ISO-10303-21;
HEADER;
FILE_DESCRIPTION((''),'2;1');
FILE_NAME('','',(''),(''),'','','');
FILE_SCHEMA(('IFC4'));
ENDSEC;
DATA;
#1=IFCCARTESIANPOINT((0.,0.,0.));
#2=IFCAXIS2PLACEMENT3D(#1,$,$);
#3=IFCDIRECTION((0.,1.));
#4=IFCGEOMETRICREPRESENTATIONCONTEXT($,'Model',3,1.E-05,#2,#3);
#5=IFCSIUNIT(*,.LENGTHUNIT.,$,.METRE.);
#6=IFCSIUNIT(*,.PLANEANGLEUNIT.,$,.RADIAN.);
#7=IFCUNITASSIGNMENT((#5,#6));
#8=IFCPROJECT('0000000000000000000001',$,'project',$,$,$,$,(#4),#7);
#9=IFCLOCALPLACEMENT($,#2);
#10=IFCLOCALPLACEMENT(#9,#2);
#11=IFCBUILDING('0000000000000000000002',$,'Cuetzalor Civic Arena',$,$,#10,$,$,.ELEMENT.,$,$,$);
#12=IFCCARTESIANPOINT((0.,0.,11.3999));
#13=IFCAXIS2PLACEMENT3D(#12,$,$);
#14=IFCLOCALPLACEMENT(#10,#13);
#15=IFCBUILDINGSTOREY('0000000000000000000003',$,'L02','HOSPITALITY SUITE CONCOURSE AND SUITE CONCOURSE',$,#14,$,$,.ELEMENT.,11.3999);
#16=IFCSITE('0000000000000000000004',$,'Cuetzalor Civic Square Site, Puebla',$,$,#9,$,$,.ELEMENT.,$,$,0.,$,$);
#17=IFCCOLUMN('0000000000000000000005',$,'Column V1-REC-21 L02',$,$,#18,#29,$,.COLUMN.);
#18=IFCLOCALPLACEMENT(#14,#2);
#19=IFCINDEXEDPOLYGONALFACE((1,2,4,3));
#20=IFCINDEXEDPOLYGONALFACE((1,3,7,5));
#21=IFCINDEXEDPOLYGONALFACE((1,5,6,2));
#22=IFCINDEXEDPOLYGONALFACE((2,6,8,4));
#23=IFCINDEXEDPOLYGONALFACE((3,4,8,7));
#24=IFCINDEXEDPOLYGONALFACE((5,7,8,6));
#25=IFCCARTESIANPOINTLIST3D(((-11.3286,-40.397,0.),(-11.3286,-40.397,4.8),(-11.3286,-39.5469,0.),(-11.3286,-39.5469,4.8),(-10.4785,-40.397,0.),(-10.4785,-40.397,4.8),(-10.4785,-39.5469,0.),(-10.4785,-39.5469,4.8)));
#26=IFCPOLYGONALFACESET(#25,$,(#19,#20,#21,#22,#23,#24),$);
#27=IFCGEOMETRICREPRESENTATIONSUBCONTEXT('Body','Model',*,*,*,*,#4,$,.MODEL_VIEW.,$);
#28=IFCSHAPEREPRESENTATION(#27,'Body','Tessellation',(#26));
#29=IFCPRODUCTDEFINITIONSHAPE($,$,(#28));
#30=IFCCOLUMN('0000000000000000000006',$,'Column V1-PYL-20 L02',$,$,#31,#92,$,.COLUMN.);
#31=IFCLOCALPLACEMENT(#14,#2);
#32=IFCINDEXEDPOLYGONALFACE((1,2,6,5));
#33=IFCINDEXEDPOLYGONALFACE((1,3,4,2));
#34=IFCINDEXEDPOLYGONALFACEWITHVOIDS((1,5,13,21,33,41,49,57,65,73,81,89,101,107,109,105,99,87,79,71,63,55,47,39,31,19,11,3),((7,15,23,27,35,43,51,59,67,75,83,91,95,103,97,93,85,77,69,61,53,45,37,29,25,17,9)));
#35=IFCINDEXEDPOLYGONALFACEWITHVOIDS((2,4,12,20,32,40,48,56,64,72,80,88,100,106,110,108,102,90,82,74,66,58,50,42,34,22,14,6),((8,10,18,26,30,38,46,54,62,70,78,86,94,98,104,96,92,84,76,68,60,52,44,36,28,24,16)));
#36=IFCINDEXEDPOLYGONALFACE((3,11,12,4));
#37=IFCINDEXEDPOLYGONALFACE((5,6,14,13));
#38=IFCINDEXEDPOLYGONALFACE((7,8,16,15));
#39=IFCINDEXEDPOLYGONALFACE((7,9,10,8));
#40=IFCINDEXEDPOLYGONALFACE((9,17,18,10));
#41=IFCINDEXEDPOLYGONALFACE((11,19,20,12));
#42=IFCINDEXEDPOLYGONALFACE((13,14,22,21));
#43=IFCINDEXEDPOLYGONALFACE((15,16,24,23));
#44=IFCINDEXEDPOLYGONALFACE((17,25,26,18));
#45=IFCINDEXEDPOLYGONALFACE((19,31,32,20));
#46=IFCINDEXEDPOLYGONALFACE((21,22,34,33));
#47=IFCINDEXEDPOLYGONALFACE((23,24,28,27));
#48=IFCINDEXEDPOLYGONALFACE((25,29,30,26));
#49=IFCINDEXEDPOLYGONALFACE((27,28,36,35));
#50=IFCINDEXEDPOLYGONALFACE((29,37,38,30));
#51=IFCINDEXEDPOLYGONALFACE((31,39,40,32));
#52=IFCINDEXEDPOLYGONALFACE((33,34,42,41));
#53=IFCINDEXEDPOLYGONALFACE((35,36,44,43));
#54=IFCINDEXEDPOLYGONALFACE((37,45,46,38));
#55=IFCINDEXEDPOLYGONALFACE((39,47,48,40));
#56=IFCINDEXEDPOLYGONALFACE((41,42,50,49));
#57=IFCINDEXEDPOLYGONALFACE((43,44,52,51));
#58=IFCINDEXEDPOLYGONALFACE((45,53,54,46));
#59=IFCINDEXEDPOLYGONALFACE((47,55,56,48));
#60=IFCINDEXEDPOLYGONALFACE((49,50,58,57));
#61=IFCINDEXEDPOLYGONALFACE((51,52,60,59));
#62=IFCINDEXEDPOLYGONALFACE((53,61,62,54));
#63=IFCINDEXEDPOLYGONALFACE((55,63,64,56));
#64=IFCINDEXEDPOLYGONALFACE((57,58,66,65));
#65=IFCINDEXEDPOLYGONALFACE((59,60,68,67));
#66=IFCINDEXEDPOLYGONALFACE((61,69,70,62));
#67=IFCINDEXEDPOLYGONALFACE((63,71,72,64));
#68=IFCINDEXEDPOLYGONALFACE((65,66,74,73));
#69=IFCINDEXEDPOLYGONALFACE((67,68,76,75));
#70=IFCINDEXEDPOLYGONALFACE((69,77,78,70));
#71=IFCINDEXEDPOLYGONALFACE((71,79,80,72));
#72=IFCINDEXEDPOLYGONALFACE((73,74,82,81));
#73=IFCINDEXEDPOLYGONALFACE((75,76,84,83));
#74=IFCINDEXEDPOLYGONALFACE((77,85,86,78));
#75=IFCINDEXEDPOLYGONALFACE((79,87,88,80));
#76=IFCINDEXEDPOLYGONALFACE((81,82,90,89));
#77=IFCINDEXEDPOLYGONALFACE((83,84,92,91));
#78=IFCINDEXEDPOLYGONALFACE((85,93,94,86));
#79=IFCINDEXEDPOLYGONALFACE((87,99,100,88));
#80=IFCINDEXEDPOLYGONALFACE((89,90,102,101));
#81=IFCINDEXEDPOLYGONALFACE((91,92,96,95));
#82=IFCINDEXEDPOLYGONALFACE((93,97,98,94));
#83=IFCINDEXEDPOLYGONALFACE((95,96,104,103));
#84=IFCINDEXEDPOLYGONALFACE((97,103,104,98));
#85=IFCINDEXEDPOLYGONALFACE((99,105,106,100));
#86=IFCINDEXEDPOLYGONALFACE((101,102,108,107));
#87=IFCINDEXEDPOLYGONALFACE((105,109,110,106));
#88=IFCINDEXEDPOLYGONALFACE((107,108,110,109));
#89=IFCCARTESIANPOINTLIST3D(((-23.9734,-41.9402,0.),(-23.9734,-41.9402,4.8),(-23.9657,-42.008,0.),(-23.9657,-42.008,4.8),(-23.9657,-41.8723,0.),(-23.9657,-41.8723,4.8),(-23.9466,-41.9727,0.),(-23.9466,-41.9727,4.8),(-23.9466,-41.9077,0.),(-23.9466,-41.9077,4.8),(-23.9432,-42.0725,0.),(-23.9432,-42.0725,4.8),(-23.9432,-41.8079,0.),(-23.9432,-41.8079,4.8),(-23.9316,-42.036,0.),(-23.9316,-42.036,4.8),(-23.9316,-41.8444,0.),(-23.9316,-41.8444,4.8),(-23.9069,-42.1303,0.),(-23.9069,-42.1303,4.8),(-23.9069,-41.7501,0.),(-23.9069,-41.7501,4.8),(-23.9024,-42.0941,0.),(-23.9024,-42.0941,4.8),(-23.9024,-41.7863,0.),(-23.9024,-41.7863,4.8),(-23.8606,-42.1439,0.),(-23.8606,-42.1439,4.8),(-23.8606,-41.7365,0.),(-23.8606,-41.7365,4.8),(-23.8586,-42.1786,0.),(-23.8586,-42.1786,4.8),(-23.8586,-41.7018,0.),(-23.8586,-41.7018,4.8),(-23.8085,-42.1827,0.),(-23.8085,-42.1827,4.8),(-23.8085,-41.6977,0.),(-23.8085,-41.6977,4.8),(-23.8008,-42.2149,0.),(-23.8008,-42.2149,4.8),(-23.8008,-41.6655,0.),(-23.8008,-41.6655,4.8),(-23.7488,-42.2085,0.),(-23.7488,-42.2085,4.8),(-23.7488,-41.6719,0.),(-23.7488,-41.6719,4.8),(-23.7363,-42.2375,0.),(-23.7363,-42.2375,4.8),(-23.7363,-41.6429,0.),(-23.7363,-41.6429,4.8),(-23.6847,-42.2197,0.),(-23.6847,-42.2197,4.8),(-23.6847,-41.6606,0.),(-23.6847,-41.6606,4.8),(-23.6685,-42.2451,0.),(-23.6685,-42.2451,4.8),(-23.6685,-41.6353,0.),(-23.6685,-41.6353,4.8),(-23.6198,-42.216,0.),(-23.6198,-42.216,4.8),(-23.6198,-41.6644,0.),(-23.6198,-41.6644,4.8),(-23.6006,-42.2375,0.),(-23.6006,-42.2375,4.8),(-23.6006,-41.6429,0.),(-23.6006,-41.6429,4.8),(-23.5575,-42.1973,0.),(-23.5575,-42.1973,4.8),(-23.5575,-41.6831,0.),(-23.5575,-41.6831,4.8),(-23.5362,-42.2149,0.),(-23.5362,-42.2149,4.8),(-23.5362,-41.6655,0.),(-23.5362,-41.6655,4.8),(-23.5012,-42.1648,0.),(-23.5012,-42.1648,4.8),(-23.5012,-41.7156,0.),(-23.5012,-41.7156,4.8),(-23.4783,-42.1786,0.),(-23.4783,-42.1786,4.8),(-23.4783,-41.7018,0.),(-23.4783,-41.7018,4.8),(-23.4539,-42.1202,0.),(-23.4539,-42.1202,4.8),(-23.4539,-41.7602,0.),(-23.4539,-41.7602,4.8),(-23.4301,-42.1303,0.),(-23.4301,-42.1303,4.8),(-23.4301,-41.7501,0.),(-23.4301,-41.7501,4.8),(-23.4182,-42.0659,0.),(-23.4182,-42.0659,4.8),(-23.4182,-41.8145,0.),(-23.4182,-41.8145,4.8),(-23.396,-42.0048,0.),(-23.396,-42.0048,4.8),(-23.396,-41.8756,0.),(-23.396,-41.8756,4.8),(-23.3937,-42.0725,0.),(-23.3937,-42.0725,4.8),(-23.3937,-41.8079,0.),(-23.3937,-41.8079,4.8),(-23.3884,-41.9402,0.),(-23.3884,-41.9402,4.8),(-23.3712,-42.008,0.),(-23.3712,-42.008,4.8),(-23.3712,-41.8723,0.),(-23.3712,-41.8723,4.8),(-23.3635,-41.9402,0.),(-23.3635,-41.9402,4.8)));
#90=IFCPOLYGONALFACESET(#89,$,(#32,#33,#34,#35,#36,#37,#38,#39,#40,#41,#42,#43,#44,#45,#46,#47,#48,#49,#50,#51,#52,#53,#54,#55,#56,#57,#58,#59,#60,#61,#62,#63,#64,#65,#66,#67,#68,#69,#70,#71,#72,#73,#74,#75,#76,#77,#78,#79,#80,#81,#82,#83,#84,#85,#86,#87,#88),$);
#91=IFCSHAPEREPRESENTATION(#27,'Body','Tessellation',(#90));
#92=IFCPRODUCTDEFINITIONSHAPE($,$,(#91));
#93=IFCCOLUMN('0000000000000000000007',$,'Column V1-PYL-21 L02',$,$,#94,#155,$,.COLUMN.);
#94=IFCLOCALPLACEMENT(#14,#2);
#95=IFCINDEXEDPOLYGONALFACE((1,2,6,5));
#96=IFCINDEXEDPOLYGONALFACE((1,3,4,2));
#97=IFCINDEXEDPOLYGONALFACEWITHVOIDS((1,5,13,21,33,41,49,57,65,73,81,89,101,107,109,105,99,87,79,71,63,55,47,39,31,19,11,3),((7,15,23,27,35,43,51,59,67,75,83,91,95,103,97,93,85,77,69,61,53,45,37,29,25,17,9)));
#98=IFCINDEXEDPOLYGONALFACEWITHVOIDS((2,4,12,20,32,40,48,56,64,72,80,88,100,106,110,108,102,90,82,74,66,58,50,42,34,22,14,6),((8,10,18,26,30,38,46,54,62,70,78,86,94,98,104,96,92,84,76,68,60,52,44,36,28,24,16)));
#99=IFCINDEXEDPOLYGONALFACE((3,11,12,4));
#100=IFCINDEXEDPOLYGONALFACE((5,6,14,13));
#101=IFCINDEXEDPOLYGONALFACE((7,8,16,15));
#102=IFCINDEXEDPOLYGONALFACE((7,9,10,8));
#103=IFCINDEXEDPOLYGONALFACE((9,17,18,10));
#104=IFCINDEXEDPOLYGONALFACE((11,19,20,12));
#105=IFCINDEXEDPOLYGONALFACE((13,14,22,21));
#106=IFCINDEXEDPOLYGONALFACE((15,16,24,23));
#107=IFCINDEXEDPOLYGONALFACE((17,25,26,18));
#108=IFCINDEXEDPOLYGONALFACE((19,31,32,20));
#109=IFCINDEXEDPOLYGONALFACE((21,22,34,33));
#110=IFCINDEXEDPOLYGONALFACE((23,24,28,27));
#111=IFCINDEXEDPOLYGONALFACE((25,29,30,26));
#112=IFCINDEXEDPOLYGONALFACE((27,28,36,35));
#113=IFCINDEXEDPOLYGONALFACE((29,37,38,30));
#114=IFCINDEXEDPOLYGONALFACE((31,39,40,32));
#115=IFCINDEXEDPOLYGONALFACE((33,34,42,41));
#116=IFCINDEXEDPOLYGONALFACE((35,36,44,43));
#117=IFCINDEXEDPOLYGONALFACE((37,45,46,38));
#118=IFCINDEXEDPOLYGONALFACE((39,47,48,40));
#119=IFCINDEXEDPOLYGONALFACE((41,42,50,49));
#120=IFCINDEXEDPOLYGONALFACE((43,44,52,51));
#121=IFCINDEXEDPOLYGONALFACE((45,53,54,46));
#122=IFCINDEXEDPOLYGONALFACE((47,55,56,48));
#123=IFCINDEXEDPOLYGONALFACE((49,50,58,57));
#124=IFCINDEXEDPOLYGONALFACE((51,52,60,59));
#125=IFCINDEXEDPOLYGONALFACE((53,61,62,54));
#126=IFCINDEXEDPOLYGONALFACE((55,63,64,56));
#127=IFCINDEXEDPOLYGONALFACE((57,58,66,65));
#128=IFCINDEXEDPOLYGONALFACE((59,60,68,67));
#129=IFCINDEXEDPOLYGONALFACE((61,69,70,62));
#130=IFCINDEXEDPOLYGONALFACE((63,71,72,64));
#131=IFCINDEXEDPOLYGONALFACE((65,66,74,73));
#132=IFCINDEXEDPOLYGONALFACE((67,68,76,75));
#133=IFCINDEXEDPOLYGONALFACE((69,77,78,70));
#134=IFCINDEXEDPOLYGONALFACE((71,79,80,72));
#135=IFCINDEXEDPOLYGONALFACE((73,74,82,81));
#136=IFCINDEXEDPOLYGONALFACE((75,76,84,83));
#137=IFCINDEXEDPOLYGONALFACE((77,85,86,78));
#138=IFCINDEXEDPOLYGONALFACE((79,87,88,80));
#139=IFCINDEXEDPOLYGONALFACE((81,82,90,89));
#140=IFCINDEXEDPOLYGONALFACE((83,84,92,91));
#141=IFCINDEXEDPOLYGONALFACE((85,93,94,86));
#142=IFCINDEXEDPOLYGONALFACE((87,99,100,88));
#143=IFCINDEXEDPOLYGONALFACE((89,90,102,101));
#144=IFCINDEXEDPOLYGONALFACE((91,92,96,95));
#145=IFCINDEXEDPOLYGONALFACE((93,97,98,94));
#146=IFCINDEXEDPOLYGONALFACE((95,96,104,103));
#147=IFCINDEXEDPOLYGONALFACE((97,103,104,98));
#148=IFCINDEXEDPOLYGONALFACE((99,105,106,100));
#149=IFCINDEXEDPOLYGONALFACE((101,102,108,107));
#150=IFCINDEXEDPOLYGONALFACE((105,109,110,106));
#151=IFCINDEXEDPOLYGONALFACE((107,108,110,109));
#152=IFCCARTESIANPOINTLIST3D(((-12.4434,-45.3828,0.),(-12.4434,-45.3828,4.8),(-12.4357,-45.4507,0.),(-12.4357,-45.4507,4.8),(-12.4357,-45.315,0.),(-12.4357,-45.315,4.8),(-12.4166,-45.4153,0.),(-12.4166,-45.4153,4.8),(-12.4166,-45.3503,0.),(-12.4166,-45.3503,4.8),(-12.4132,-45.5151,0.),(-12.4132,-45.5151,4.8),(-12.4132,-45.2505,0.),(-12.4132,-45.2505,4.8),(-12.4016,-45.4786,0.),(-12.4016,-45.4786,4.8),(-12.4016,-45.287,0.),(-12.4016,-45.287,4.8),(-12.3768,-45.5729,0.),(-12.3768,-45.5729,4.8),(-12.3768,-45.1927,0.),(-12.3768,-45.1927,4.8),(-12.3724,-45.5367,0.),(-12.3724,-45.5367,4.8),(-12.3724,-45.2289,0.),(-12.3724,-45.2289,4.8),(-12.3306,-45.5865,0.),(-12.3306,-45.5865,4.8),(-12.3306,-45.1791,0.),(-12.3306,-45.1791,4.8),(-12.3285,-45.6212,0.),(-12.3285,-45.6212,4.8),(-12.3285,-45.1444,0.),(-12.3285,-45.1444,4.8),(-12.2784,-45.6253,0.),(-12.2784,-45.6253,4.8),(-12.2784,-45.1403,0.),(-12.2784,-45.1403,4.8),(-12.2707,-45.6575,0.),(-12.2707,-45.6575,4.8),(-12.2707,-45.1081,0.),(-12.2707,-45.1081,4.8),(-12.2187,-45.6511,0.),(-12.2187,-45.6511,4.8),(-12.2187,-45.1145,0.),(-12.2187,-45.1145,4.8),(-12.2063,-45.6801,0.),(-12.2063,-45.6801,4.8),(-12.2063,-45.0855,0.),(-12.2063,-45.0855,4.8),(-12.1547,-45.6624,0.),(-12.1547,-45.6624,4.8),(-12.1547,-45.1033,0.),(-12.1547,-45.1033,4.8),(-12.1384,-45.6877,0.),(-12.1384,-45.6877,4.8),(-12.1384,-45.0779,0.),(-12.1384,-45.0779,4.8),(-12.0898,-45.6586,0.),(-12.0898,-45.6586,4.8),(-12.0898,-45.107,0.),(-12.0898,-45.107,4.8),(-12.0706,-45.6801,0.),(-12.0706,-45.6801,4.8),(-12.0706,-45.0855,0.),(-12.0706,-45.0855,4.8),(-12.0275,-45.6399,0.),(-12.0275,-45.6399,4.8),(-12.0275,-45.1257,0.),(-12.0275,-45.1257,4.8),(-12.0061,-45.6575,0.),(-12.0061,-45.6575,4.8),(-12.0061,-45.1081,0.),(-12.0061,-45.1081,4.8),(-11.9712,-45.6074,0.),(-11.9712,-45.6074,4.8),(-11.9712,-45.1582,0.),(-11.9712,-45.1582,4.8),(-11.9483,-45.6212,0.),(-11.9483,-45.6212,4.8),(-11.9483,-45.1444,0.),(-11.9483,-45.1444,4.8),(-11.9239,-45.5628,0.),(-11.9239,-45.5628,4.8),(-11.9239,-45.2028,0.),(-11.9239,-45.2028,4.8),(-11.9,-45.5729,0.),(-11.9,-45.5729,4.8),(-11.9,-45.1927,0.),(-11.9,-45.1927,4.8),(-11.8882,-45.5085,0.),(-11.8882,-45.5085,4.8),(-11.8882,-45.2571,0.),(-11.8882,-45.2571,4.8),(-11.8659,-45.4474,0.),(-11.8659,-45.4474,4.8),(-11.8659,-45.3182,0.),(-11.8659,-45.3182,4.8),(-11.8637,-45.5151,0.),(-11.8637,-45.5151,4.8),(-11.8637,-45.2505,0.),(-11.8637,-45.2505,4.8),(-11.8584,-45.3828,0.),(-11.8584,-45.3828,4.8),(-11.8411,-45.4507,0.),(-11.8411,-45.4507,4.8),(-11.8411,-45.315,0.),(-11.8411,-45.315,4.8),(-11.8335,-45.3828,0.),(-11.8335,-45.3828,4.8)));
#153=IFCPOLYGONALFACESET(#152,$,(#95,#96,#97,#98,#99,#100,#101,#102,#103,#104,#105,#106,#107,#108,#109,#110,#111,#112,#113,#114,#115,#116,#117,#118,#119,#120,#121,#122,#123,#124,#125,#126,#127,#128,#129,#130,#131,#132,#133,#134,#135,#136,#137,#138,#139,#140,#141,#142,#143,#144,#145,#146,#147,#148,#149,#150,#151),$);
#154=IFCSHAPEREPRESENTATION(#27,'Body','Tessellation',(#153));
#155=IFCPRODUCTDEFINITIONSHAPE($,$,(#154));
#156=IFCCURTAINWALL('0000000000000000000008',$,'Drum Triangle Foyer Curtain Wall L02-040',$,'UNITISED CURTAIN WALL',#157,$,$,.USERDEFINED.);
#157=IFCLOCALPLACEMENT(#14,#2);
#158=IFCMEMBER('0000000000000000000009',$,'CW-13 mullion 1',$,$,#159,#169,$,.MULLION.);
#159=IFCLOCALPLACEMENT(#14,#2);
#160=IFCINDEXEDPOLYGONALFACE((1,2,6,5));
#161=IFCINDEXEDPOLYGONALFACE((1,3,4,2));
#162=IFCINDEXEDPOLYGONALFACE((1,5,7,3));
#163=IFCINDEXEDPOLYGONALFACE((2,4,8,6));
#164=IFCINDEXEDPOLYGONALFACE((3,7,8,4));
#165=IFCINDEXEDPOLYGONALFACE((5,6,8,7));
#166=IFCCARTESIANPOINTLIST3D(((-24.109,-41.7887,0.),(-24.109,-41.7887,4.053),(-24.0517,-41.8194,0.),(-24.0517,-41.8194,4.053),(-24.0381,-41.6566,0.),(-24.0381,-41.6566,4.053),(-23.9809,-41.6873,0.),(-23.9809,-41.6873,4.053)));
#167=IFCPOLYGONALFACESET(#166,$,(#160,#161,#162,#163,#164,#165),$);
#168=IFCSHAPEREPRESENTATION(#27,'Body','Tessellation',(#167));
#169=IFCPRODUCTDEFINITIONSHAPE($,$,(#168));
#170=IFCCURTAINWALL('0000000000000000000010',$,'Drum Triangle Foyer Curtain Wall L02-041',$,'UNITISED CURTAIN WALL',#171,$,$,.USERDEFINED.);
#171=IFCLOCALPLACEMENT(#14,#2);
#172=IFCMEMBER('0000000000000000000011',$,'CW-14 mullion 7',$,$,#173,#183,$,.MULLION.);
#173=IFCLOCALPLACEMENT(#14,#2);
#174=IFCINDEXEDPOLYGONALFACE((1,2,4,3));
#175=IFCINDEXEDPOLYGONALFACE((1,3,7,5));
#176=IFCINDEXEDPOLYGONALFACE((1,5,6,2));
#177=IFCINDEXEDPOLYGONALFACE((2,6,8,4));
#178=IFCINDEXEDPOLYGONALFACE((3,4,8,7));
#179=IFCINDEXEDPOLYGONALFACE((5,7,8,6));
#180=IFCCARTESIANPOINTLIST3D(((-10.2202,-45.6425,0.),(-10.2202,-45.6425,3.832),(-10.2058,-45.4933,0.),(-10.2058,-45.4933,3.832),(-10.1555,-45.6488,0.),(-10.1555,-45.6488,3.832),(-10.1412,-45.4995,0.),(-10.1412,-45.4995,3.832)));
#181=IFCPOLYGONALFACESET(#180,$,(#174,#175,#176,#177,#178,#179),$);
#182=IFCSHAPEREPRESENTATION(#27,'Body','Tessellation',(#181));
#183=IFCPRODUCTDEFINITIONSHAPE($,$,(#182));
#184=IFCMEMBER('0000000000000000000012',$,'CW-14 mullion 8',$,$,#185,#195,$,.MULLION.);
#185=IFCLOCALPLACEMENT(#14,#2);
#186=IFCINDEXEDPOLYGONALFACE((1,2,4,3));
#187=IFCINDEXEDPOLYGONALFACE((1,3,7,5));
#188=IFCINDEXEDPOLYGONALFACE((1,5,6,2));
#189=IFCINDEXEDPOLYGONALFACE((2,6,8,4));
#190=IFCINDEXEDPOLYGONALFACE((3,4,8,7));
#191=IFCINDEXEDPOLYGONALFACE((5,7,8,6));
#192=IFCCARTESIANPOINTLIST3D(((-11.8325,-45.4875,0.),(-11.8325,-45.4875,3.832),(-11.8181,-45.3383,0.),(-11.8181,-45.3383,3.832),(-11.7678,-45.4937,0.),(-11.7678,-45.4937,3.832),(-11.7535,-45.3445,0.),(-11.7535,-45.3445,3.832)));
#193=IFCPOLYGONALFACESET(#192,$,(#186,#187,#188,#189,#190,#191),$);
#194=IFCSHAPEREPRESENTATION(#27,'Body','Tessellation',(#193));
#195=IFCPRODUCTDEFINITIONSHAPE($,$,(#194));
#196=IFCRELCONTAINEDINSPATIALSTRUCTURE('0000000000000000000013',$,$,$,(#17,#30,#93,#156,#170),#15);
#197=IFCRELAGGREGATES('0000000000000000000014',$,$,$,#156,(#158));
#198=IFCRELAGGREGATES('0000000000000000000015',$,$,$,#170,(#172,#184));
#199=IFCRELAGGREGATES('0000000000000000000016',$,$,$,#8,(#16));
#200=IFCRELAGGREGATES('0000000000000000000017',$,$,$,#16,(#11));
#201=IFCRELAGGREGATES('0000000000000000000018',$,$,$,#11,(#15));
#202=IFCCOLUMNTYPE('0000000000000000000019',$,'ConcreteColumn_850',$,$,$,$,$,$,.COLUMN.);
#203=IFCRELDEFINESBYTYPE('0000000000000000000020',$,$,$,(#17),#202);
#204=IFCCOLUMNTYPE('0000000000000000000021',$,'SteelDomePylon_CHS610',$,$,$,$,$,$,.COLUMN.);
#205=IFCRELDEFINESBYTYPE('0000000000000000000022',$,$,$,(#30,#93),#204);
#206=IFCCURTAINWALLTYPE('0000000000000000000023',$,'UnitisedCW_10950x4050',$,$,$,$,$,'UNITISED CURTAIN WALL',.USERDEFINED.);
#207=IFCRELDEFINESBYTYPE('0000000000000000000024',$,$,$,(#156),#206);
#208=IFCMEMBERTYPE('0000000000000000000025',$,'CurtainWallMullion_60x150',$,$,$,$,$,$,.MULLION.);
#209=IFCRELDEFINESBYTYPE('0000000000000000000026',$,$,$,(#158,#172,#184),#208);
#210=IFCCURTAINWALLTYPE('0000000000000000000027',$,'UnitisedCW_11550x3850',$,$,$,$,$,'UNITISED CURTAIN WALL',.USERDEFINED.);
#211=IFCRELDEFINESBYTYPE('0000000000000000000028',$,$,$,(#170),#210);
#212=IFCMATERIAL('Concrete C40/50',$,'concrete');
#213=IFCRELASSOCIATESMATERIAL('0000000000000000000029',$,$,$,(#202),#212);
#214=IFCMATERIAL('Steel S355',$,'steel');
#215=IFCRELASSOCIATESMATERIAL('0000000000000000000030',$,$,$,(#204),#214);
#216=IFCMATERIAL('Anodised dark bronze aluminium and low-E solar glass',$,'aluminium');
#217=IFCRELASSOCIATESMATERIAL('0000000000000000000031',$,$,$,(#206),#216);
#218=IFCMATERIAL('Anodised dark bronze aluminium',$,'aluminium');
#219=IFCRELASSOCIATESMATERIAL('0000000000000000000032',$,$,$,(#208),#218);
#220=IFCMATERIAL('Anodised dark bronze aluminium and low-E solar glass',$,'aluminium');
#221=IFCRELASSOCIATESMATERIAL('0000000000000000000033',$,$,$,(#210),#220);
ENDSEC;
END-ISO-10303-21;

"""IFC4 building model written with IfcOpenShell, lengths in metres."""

from ifc_helpers import new_model, si_unit, direction, frame, origin, origin_2d, place, context, subcontext, project, spatial, rectangle, hollow_circle, extrude, material, material_profile, profile_set, type_object, element, aggregate, save


model = new_model("IFC4")

# Units and contexts
model_context = context("Model", 3, precision=1e-05, world=origin(), true_north=direction((0.0, 1.0)))
body_context = subcontext(model_context, "Body", "Model", "MODEL_VIEW")
ifc_project = project(units=[si_unit("LENGTHUNIT", "METRE"), si_unit("PLANEANGLEUNIT", "RADIAN")], contexts=[model_context])

# Site, building, storey
site_placement = place(None, origin())
site = spatial("IfcSite", under=ifc_project, at=site_placement, Name="Cuetzalor Civic Square Site, Puebla", CompositionType="ELEMENT", RefElevation=0.0)
building_placement = place(site_placement, origin())
building = spatial("IfcBuilding", under=site, at=building_placement, Name="Cuetzalor Civic Arena", CompositionType="ELEMENT")
storey_placement = place(building_placement, frame((0.0, 0.0, 11.3999)))
storey = spatial("IfcBuildingStorey", under=building, at=storey_placement, Name="L02", Description="HOSPITALITY SUITE CONCOURSE AND SUITE CONCOURSE", CompositionType="ELEMENT", Elevation=11.3999)

# Columns
ifc_material_1 = material(Name="Concrete C40/50", Category="concrete")
ifc_material_profile_1 = material_profile(ifc_material_1, rectangle(XDim=0.8501, YDim=0.8501, at=origin_2d()), Name="RC 850x850")
ifc_profile_set_1 = profile_set([ifc_material_profile_1], Name="Concrete C40/50")
column_type_1 = type_object("IfcColumnType", Name="ConcreteColumn_850", PredefinedType="COLUMN", material=ifc_profile_set_1)
column_placement = place(storey_placement, frame((-10.9036, -39.9719, 0.0), z_axis=(0.0, 0.0, 1.0), x_axis=(1.0, 0.0, 0.0)))
element("IfcColumn", 1, at=column_placement, inside=storey, type_object=column_type_1, Name="Column V1-REC-21 L02", PredefinedType="COLUMN", context=body_context, shape_type="SweptSolid", body=[
    extrude(rectangle(XDim=0.8501, YDim=0.8501, at=origin_2d()), origin(), (0.0, 0.0, 1.0), 4.8),
])
ifc_material_2 = material(Name="Steel S355", Category="steel")
ifc_material_profile_2 = material_profile(ifc_material_2, hollow_circle(Radius=0.3049, WallThickness=0.0249, at=origin_2d()), Name="CHS 610x25")
ifc_profile_set_2 = profile_set([ifc_material_profile_2], Name="Steel S355")
column_type_2 = type_object("IfcColumnType", Name="SteelDomePylon_CHS610", PredefinedType="COLUMN", material=ifc_profile_set_2)
for number, where, z_axis, x_axis, name in (
    (2, (-23.6685, -41.9402, 0.0), (0.0, 0.0, 1.0), (1.0, 0.0, 0.0), "Column V1-PYL-20 L02"),
    (3, (-12.1384, -45.3828, 0.0), (0.0, 0.0, 1.0), (1.0, 0.0, 0.0), "Column V1-PYL-21 L02"),
):
    element("IfcColumn", number, at=place(storey_placement, frame(where, z_axis=z_axis, x_axis=x_axis)), inside=storey, type_object=column_type_2, Name=name, PredefinedType="COLUMN", context=body_context, shape_type="SweptSolid", body=[
        extrude(hollow_circle(Radius=0.3049, WallThickness=0.0249, at=origin_2d()), origin(), (0.0, 0.0, 1.0), 4.8),
    ])

# Curtain wall, member
ifc_material_3 = material(Name="Anodised dark bronze aluminium and low-E solar glass", Category="aluminium")
curtain_wall_type_1 = type_object("IfcCurtainWallType", Name="UnitisedCW_10950x4050", ElementType="UNITISED CURTAIN WALL", PredefinedType="USERDEFINED", material=ifc_material_3)
curtain_wall_1_placement = place(storey_placement, origin())
curtain_wall_1 = element("IfcCurtainWall", 4, at=curtain_wall_1_placement, inside=storey, type_object=curtain_wall_type_1, Name="Drum Triangle Foyer Curtain Wall L02-040", ObjectType="UNITISED CURTAIN WALL", PredefinedType="USERDEFINED")
ifc_material_4 = material(Name="Anodised dark bronze aluminium", Category="aluminium")
ifc_material_profile_3 = material_profile(ifc_material_4, rectangle(XDim=0.0649, YDim=0.1499, at=origin_2d()), Name="ALU MULLION 65x150")
ifc_profile_set_3 = profile_set([ifc_material_profile_3], Name="Anodised dark bronze aluminium")
member_type_1 = type_object("IfcMemberType", Name="CurtainWallMullion_60x150", PredefinedType="MULLION", material=ifc_profile_set_3)
member_1_placement = place(storey_placement, frame((-24.0449, -41.738, 0.0), z_axis=(0.0, 0.0, 1.0), x_axis=(-0.881306, 0.472545, 0.0)))
member_1 = element("IfcMember", 5, at=member_1_placement, type_object=member_type_1, Name="CW-13 mullion 1", PredefinedType="MULLION", context=body_context, shape_type="SweptSolid", body=[
    extrude(rectangle(XDim=0.0649, YDim=0.1499, at=origin_2d()), origin(), (0.0, 0.0, 1.0), 4.053),
])

# Curtain wall, members
ifc_material_5 = material(Name="Anodised dark bronze aluminium and low-E solar glass", Category="aluminium")
curtain_wall_type_2 = type_object("IfcCurtainWallType", Name="UnitisedCW_11550x3850", ElementType="UNITISED CURTAIN WALL", PredefinedType="USERDEFINED", material=ifc_material_5)
curtain_wall_2_placement = place(storey_placement, origin())
curtain_wall_2 = element("IfcCurtainWall", 6, at=curtain_wall_2_placement, inside=storey, type_object=curtain_wall_type_2, Name="Drum Triangle Foyer Curtain Wall L02-041", ObjectType="UNITISED CURTAIN WALL", PredefinedType="USERDEFINED")
member_2_placement = place(storey_placement, frame((-10.1807, -45.571, 0.0), z_axis=(0.0, 0.0, 1.0), x_axis=(-0.995409, 0.095711, 0.0)))
member_2 = element("IfcMember", 7, at=member_2_placement, type_object=member_type_1, Name="CW-14 mullion 7", PredefinedType="MULLION", context=body_context, shape_type="SweptSolid", body=[
    extrude(rectangle(XDim=0.0649, YDim=0.1499, at=origin_2d()), origin(), (0.0, 0.0, 1.0), 3.832),
])
member_3_placement = place(storey_placement, frame((-11.793, -45.416, 0.0), z_axis=(0.0, 0.0, 1.0), x_axis=(-0.995409, 0.095711, 0.0)))
member_3 = element("IfcMember", 8, at=member_3_placement, type_object=member_type_1, Name="CW-14 mullion 8", PredefinedType="MULLION", context=body_context, shape_type="SweptSolid", body=[
    extrude(rectangle(XDim=0.0649, YDim=0.1499, at=origin_2d()), origin(), (0.0, 0.0, 1.0), 3.832),
])

aggregate(curtain_wall_1, [member_1])

aggregate(curtain_wall_2, [member_2, member_3])

save(model, "model.ifc")
